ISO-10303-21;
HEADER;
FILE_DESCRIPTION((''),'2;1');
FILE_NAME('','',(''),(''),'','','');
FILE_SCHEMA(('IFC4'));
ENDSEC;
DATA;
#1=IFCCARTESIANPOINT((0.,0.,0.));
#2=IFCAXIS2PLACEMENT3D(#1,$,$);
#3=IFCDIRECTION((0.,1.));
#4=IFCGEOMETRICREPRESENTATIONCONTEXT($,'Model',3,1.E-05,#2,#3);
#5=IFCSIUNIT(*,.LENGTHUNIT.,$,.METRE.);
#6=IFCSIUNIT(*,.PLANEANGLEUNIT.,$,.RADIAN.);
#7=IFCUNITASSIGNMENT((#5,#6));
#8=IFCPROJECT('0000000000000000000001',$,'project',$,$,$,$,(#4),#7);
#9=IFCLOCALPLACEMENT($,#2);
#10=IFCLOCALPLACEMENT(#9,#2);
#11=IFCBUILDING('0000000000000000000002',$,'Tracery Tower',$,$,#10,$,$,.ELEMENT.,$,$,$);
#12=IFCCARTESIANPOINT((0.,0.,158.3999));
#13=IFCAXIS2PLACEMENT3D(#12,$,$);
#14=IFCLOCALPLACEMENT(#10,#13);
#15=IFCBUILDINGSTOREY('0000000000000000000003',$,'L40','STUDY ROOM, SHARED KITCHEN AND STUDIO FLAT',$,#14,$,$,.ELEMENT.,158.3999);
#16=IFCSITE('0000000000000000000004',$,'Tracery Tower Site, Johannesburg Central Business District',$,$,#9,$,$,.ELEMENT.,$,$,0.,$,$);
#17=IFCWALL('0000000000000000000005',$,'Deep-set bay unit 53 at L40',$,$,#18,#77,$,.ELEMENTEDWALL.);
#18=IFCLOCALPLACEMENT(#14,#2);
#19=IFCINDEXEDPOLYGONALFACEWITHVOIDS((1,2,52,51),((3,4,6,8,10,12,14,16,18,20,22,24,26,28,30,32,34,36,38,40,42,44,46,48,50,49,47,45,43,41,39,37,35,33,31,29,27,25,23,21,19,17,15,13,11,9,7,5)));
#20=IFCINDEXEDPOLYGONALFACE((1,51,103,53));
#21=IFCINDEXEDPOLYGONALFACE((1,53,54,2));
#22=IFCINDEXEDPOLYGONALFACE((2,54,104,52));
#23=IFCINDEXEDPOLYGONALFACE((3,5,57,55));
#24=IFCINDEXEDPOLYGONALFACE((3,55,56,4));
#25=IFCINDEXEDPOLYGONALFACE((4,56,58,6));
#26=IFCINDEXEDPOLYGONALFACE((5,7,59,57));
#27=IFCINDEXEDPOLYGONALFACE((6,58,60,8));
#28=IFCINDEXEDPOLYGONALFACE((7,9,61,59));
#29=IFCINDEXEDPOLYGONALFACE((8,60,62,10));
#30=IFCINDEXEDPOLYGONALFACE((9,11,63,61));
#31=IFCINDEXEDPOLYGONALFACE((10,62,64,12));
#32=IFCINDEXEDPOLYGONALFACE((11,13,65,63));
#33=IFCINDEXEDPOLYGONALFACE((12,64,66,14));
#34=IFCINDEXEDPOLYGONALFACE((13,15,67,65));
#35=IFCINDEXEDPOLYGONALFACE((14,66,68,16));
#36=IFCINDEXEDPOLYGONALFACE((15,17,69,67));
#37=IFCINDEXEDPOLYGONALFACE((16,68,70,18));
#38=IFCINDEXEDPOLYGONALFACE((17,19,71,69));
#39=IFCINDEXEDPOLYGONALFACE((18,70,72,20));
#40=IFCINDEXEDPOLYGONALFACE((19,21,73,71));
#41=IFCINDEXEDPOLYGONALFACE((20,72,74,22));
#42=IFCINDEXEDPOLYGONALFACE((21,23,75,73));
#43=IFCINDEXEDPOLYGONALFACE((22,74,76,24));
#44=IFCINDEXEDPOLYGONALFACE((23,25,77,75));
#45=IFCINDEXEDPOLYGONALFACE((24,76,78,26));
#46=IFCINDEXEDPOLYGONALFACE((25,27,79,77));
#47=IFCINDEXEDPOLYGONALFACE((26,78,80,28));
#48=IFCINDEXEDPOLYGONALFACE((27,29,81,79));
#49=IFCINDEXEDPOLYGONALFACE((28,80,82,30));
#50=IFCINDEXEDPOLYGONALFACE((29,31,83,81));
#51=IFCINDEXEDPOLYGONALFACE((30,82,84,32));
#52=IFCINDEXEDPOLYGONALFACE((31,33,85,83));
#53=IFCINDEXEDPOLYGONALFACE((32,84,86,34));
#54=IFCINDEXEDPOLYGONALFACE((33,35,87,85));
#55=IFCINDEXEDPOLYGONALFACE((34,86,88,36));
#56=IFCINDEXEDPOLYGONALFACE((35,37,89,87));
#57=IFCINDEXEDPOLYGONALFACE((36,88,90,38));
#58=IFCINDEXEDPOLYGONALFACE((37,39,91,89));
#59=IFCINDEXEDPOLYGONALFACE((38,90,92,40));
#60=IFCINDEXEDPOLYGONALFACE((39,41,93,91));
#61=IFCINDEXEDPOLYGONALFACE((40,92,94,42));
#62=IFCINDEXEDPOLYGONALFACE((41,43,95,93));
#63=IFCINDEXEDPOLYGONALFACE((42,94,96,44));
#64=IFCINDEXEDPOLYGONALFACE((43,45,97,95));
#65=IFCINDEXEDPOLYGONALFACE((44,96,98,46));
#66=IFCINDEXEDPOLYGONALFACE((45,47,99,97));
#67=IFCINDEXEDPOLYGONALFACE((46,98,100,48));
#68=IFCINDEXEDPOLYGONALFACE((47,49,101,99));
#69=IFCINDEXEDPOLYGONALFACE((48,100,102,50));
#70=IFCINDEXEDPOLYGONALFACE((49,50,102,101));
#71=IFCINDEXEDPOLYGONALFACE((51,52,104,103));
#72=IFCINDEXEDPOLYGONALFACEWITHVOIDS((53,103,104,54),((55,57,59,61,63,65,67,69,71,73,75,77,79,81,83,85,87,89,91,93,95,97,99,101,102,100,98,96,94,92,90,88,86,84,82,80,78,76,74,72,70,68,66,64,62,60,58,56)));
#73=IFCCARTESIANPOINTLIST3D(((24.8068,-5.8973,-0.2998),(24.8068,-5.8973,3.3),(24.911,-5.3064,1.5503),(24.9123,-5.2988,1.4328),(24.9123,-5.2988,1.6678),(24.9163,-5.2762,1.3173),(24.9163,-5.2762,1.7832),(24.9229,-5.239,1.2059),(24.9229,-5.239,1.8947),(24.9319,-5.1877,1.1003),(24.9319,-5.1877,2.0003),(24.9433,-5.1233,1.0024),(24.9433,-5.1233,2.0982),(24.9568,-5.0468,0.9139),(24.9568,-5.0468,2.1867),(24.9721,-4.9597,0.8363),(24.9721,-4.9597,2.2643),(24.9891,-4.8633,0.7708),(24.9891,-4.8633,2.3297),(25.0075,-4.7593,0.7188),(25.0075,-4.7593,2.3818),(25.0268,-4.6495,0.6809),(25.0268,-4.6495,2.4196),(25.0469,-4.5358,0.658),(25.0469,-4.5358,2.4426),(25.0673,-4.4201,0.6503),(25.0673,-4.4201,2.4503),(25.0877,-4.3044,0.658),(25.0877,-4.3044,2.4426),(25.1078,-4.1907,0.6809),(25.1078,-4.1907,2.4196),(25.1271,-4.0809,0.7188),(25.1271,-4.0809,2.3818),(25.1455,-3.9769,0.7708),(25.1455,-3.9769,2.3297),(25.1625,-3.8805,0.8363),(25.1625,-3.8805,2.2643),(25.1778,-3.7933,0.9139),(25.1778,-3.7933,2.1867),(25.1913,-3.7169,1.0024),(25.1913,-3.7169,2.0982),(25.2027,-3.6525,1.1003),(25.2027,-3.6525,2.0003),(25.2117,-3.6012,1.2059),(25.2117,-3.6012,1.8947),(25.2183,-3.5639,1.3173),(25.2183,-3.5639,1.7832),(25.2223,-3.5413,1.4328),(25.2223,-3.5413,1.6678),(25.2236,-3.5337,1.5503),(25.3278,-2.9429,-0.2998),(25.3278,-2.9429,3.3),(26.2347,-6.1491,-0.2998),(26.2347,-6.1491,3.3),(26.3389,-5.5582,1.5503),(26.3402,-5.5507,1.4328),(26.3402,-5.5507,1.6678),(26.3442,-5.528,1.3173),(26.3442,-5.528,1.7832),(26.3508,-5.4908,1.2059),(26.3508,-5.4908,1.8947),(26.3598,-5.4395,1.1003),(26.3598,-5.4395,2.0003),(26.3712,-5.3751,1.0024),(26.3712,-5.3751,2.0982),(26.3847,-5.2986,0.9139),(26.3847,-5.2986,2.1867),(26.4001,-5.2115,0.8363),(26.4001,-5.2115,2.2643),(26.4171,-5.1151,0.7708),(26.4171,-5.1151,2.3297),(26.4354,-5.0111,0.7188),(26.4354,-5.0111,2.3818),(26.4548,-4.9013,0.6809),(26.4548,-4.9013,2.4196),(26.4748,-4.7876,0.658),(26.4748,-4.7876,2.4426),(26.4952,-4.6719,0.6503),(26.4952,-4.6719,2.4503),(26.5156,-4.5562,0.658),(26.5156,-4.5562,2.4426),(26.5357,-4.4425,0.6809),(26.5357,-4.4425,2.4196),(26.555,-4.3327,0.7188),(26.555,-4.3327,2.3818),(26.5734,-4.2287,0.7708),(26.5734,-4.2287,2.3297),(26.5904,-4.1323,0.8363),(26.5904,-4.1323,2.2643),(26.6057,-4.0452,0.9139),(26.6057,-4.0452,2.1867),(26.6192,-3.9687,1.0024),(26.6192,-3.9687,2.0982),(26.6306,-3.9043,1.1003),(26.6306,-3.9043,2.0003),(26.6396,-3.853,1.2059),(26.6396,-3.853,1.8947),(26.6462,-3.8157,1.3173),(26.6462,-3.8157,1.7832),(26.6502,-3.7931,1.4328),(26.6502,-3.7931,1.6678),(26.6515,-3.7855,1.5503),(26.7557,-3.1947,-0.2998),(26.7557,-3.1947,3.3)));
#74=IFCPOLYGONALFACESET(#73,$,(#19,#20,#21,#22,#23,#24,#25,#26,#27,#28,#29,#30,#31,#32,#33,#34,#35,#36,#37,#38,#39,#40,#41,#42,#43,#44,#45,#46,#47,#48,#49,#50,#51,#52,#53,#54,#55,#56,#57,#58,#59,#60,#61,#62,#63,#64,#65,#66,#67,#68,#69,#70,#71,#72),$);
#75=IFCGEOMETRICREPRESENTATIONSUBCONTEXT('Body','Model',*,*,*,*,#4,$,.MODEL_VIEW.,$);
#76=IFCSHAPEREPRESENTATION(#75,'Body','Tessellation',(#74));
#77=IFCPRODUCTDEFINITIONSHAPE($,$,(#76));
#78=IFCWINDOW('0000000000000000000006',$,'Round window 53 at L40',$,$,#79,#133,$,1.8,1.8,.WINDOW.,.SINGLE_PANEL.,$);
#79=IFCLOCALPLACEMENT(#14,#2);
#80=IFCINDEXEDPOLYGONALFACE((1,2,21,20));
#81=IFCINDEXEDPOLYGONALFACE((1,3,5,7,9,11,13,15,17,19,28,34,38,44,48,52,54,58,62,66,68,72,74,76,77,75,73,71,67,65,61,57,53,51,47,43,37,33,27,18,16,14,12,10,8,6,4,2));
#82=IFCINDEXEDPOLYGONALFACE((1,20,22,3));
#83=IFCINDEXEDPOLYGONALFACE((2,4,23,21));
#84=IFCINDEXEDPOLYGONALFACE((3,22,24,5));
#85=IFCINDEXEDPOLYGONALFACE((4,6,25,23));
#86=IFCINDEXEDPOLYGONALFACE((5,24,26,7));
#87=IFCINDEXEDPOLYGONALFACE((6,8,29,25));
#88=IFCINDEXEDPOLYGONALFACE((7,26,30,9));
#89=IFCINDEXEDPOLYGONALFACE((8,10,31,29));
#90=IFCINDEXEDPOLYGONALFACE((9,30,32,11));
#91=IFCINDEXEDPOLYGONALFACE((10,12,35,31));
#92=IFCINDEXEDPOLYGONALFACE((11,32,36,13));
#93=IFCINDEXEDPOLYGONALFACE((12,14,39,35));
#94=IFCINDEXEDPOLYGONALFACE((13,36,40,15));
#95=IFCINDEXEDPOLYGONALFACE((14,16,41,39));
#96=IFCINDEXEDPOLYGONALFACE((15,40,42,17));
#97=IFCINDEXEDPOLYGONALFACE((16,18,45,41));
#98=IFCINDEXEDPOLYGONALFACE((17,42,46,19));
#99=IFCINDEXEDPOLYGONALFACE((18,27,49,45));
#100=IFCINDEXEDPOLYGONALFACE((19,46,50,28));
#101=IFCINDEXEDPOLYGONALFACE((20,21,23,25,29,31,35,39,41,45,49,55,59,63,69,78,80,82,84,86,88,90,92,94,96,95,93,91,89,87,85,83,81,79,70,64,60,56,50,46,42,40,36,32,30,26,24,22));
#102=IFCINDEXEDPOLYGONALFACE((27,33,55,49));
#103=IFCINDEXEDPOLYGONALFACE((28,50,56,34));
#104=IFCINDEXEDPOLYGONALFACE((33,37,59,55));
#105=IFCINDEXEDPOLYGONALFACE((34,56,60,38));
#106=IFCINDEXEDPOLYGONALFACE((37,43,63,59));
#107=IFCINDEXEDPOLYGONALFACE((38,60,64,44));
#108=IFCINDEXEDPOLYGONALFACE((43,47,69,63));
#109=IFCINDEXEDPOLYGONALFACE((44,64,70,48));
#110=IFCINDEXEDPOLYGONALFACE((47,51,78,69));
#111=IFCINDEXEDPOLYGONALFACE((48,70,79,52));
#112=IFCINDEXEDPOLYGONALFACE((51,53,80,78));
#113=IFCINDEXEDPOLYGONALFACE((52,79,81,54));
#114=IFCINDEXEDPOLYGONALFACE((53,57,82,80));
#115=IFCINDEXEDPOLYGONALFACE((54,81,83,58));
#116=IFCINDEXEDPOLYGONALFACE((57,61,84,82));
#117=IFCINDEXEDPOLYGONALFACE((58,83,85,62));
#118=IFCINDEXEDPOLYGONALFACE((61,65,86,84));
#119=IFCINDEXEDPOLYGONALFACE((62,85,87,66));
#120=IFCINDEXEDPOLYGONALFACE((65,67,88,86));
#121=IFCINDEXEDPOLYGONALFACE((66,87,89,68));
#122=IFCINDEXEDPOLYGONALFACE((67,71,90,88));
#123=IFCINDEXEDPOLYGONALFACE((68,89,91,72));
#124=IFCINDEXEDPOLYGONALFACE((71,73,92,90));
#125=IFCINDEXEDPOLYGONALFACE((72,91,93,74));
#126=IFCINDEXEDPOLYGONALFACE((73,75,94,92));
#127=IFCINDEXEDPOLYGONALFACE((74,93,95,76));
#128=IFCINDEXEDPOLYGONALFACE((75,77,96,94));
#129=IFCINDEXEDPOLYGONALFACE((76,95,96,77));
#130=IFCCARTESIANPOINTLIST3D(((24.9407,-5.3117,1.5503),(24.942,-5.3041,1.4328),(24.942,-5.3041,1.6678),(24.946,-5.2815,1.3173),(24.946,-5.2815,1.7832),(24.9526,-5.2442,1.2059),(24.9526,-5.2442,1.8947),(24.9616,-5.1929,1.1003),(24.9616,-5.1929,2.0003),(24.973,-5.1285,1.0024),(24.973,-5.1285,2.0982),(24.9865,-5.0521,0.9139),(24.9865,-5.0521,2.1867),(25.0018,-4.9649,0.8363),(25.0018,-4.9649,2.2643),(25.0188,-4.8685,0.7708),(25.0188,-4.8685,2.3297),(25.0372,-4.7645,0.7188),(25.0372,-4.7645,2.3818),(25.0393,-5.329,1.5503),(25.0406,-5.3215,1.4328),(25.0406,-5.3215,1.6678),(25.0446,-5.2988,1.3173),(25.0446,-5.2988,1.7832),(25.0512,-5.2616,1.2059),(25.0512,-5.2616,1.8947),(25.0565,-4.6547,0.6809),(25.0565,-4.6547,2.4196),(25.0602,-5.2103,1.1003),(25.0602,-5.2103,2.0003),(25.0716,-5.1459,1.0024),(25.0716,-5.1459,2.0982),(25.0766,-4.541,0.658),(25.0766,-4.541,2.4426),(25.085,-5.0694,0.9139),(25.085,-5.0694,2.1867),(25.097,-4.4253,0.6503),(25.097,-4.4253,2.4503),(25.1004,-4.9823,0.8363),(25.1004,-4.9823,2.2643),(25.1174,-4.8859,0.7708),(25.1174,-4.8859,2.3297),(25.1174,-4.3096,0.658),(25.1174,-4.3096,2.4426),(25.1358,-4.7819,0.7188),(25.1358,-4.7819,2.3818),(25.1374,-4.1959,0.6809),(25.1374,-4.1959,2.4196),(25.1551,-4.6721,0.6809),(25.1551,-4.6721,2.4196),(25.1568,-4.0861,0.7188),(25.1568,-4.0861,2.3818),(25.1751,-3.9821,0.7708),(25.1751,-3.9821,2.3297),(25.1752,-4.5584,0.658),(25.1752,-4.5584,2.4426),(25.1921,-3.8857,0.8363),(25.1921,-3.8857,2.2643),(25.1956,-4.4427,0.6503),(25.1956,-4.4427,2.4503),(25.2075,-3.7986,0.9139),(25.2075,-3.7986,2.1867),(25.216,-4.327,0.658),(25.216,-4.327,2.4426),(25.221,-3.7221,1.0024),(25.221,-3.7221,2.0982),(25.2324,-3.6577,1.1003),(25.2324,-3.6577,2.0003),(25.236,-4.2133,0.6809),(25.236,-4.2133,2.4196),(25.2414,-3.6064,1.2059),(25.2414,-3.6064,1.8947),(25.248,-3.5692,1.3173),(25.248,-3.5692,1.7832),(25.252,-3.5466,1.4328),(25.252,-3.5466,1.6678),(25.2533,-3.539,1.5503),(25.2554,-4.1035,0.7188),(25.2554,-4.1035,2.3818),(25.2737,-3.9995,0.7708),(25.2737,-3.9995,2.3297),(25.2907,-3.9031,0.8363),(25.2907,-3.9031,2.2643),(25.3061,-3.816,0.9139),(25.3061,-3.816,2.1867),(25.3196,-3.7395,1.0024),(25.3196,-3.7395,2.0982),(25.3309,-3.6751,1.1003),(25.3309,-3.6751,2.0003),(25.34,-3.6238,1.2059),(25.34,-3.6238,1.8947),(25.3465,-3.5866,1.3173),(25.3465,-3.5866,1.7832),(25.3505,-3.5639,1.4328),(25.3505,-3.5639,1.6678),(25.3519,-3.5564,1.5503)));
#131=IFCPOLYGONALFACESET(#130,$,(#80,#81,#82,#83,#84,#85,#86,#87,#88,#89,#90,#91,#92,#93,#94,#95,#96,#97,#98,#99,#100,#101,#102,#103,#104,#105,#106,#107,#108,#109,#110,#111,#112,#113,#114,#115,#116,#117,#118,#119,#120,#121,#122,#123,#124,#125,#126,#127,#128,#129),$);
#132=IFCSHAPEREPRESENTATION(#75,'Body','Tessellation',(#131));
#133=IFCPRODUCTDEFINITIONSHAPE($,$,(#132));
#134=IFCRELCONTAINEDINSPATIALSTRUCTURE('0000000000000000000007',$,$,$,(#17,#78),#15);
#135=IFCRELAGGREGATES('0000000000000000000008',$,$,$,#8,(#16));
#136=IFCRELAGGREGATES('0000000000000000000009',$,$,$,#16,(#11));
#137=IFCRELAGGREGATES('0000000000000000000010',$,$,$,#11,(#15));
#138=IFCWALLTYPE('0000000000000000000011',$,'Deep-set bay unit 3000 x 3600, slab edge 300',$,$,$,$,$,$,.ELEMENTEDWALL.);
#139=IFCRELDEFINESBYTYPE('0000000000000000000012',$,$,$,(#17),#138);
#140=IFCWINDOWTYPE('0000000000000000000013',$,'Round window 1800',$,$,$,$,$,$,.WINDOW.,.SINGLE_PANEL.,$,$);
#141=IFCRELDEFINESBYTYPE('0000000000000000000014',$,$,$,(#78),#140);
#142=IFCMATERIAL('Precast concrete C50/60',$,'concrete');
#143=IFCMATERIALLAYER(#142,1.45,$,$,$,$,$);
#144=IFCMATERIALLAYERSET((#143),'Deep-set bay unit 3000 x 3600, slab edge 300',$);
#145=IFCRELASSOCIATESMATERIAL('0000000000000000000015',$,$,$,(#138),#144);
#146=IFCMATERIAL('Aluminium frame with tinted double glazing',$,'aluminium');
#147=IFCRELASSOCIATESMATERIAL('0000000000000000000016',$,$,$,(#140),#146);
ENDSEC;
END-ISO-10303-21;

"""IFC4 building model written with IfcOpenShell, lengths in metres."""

from ifc_helpers import new_model, si_unit, direction, frame, frame_2d, origin, origin_2d, place, context, subcontext, project, spatial, rectangle, circle, extrude, material, layer, layer_set, type_object, element, fill, save


model = new_model("IFC4")

# Units and contexts
model_context = context("Model", 3, precision=1e-05, world=origin(), true_north=direction((0.0, 1.0)))
body_context = subcontext(model_context, "Body", "Model", "MODEL_VIEW")
ifc_project = project(units=[si_unit("LENGTHUNIT", "METRE"), si_unit("PLANEANGLEUNIT", "RADIAN")], contexts=[model_context])

# Site, building, storey
site_placement = place(None, origin())
site = spatial("IfcSite", under=ifc_project, at=site_placement, Name="Tracery Tower Site, Johannesburg Central Business District", CompositionType="ELEMENT", RefElevation=0.0)
building_placement = place(site_placement, origin())
building = spatial("IfcBuilding", under=site, at=building_placement, Name="Tracery Tower", CompositionType="ELEMENT")
storey_placement = place(building_placement, frame((0.0, 0.0, 158.3999)))
storey = spatial("IfcBuildingStorey", under=building, at=storey_placement, Name="L40", Description="STUDY ROOM, SHARED KITCHEN AND STUDIO FLAT", CompositionType="ELEMENT", Elevation=158.3999)

# Wall, opening, window
ifc_material_1 = material(Name="Precast concrete C50/60", Category="concrete")
ifc_layer_1 = layer(ifc_material_1, 1.45)
ifc_layer_set_1 = layer_set([ifc_layer_1], Name="Deep-set bay unit 3000 x 3600, slab edge 300")
wall_type_1 = type_object("IfcWallType", Name="Deep-set bay unit 3000 x 3600, slab edge 300", PredefinedType="ELEMENTEDWALL", material=ifc_layer_set_1)
wall_1_placement = place(storey_placement, frame((25.5208, -6.0232, -0.2998), z_axis=(0.0, 0.0, 1.0), x_axis=(0.173669, 0.984804, 0.0)))
wall_1 = element("IfcWall", 1, at=wall_1_placement, inside=storey, type_object=wall_type_1, Name="Deep-set bay unit 53 at L40", PredefinedType="ELEMENTEDWALL", context=body_context, shape_type="SweptSolid", body=[
    extrude(rectangle(XDim=3.0, YDim=1.45, at=frame_2d((1.5, 0.0))), origin(), (0.0, 0.0, 1.0), 3.5999),
])
opening_1_placement = place(wall_1_placement, frame((1.5, 0.0, 1.8501)))
opening_1 = element("IfcOpeningElement", 2, at=opening_1_placement, cuts=wall_1, PredefinedType="OPENING", context=body_context, shape_type="SweptSolid", body=[
    extrude(circle(Radius=0.9, at=origin_2d()), frame((0.0, 0.7349, 0.0), z_axis=(0.0, -1.0, 0.0), x_axis=(1.0, 0.0, 0.0)), (0.0, 0.0, 1.0), 1.47),
])
ifc_material_2 = material(Name="Aluminium frame with tinted double glazing", Category="aluminium")
window_type = type_object("IfcWindowType", Name="Round window 1800", PartitioningType="SINGLE_PANEL", PredefinedType="WINDOW", material=ifc_material_2)
window_1_placement = place(opening_1_placement, origin())
window_1 = element("IfcWindow", 3, at=window_1_placement, inside=storey, type_object=window_type, Name="Round window 53 at L40", OverallHeight=1.8, OverallWidth=1.8, PartitioningType="SINGLE_PANEL", PredefinedType="WINDOW", context=body_context, shape_type="SweptSolid", body=[
    extrude(circle(Radius=0.9, at=origin_2d()), frame((0.0, 0.6948, 0.0), z_axis=(0.0, -1.0, 0.0), x_axis=(1.0, 0.0, 0.0)), (0.0, 0.0, 1.0), 0.1001),
])
fill(opening_1, window_1)

save(model, "model.ifc")
